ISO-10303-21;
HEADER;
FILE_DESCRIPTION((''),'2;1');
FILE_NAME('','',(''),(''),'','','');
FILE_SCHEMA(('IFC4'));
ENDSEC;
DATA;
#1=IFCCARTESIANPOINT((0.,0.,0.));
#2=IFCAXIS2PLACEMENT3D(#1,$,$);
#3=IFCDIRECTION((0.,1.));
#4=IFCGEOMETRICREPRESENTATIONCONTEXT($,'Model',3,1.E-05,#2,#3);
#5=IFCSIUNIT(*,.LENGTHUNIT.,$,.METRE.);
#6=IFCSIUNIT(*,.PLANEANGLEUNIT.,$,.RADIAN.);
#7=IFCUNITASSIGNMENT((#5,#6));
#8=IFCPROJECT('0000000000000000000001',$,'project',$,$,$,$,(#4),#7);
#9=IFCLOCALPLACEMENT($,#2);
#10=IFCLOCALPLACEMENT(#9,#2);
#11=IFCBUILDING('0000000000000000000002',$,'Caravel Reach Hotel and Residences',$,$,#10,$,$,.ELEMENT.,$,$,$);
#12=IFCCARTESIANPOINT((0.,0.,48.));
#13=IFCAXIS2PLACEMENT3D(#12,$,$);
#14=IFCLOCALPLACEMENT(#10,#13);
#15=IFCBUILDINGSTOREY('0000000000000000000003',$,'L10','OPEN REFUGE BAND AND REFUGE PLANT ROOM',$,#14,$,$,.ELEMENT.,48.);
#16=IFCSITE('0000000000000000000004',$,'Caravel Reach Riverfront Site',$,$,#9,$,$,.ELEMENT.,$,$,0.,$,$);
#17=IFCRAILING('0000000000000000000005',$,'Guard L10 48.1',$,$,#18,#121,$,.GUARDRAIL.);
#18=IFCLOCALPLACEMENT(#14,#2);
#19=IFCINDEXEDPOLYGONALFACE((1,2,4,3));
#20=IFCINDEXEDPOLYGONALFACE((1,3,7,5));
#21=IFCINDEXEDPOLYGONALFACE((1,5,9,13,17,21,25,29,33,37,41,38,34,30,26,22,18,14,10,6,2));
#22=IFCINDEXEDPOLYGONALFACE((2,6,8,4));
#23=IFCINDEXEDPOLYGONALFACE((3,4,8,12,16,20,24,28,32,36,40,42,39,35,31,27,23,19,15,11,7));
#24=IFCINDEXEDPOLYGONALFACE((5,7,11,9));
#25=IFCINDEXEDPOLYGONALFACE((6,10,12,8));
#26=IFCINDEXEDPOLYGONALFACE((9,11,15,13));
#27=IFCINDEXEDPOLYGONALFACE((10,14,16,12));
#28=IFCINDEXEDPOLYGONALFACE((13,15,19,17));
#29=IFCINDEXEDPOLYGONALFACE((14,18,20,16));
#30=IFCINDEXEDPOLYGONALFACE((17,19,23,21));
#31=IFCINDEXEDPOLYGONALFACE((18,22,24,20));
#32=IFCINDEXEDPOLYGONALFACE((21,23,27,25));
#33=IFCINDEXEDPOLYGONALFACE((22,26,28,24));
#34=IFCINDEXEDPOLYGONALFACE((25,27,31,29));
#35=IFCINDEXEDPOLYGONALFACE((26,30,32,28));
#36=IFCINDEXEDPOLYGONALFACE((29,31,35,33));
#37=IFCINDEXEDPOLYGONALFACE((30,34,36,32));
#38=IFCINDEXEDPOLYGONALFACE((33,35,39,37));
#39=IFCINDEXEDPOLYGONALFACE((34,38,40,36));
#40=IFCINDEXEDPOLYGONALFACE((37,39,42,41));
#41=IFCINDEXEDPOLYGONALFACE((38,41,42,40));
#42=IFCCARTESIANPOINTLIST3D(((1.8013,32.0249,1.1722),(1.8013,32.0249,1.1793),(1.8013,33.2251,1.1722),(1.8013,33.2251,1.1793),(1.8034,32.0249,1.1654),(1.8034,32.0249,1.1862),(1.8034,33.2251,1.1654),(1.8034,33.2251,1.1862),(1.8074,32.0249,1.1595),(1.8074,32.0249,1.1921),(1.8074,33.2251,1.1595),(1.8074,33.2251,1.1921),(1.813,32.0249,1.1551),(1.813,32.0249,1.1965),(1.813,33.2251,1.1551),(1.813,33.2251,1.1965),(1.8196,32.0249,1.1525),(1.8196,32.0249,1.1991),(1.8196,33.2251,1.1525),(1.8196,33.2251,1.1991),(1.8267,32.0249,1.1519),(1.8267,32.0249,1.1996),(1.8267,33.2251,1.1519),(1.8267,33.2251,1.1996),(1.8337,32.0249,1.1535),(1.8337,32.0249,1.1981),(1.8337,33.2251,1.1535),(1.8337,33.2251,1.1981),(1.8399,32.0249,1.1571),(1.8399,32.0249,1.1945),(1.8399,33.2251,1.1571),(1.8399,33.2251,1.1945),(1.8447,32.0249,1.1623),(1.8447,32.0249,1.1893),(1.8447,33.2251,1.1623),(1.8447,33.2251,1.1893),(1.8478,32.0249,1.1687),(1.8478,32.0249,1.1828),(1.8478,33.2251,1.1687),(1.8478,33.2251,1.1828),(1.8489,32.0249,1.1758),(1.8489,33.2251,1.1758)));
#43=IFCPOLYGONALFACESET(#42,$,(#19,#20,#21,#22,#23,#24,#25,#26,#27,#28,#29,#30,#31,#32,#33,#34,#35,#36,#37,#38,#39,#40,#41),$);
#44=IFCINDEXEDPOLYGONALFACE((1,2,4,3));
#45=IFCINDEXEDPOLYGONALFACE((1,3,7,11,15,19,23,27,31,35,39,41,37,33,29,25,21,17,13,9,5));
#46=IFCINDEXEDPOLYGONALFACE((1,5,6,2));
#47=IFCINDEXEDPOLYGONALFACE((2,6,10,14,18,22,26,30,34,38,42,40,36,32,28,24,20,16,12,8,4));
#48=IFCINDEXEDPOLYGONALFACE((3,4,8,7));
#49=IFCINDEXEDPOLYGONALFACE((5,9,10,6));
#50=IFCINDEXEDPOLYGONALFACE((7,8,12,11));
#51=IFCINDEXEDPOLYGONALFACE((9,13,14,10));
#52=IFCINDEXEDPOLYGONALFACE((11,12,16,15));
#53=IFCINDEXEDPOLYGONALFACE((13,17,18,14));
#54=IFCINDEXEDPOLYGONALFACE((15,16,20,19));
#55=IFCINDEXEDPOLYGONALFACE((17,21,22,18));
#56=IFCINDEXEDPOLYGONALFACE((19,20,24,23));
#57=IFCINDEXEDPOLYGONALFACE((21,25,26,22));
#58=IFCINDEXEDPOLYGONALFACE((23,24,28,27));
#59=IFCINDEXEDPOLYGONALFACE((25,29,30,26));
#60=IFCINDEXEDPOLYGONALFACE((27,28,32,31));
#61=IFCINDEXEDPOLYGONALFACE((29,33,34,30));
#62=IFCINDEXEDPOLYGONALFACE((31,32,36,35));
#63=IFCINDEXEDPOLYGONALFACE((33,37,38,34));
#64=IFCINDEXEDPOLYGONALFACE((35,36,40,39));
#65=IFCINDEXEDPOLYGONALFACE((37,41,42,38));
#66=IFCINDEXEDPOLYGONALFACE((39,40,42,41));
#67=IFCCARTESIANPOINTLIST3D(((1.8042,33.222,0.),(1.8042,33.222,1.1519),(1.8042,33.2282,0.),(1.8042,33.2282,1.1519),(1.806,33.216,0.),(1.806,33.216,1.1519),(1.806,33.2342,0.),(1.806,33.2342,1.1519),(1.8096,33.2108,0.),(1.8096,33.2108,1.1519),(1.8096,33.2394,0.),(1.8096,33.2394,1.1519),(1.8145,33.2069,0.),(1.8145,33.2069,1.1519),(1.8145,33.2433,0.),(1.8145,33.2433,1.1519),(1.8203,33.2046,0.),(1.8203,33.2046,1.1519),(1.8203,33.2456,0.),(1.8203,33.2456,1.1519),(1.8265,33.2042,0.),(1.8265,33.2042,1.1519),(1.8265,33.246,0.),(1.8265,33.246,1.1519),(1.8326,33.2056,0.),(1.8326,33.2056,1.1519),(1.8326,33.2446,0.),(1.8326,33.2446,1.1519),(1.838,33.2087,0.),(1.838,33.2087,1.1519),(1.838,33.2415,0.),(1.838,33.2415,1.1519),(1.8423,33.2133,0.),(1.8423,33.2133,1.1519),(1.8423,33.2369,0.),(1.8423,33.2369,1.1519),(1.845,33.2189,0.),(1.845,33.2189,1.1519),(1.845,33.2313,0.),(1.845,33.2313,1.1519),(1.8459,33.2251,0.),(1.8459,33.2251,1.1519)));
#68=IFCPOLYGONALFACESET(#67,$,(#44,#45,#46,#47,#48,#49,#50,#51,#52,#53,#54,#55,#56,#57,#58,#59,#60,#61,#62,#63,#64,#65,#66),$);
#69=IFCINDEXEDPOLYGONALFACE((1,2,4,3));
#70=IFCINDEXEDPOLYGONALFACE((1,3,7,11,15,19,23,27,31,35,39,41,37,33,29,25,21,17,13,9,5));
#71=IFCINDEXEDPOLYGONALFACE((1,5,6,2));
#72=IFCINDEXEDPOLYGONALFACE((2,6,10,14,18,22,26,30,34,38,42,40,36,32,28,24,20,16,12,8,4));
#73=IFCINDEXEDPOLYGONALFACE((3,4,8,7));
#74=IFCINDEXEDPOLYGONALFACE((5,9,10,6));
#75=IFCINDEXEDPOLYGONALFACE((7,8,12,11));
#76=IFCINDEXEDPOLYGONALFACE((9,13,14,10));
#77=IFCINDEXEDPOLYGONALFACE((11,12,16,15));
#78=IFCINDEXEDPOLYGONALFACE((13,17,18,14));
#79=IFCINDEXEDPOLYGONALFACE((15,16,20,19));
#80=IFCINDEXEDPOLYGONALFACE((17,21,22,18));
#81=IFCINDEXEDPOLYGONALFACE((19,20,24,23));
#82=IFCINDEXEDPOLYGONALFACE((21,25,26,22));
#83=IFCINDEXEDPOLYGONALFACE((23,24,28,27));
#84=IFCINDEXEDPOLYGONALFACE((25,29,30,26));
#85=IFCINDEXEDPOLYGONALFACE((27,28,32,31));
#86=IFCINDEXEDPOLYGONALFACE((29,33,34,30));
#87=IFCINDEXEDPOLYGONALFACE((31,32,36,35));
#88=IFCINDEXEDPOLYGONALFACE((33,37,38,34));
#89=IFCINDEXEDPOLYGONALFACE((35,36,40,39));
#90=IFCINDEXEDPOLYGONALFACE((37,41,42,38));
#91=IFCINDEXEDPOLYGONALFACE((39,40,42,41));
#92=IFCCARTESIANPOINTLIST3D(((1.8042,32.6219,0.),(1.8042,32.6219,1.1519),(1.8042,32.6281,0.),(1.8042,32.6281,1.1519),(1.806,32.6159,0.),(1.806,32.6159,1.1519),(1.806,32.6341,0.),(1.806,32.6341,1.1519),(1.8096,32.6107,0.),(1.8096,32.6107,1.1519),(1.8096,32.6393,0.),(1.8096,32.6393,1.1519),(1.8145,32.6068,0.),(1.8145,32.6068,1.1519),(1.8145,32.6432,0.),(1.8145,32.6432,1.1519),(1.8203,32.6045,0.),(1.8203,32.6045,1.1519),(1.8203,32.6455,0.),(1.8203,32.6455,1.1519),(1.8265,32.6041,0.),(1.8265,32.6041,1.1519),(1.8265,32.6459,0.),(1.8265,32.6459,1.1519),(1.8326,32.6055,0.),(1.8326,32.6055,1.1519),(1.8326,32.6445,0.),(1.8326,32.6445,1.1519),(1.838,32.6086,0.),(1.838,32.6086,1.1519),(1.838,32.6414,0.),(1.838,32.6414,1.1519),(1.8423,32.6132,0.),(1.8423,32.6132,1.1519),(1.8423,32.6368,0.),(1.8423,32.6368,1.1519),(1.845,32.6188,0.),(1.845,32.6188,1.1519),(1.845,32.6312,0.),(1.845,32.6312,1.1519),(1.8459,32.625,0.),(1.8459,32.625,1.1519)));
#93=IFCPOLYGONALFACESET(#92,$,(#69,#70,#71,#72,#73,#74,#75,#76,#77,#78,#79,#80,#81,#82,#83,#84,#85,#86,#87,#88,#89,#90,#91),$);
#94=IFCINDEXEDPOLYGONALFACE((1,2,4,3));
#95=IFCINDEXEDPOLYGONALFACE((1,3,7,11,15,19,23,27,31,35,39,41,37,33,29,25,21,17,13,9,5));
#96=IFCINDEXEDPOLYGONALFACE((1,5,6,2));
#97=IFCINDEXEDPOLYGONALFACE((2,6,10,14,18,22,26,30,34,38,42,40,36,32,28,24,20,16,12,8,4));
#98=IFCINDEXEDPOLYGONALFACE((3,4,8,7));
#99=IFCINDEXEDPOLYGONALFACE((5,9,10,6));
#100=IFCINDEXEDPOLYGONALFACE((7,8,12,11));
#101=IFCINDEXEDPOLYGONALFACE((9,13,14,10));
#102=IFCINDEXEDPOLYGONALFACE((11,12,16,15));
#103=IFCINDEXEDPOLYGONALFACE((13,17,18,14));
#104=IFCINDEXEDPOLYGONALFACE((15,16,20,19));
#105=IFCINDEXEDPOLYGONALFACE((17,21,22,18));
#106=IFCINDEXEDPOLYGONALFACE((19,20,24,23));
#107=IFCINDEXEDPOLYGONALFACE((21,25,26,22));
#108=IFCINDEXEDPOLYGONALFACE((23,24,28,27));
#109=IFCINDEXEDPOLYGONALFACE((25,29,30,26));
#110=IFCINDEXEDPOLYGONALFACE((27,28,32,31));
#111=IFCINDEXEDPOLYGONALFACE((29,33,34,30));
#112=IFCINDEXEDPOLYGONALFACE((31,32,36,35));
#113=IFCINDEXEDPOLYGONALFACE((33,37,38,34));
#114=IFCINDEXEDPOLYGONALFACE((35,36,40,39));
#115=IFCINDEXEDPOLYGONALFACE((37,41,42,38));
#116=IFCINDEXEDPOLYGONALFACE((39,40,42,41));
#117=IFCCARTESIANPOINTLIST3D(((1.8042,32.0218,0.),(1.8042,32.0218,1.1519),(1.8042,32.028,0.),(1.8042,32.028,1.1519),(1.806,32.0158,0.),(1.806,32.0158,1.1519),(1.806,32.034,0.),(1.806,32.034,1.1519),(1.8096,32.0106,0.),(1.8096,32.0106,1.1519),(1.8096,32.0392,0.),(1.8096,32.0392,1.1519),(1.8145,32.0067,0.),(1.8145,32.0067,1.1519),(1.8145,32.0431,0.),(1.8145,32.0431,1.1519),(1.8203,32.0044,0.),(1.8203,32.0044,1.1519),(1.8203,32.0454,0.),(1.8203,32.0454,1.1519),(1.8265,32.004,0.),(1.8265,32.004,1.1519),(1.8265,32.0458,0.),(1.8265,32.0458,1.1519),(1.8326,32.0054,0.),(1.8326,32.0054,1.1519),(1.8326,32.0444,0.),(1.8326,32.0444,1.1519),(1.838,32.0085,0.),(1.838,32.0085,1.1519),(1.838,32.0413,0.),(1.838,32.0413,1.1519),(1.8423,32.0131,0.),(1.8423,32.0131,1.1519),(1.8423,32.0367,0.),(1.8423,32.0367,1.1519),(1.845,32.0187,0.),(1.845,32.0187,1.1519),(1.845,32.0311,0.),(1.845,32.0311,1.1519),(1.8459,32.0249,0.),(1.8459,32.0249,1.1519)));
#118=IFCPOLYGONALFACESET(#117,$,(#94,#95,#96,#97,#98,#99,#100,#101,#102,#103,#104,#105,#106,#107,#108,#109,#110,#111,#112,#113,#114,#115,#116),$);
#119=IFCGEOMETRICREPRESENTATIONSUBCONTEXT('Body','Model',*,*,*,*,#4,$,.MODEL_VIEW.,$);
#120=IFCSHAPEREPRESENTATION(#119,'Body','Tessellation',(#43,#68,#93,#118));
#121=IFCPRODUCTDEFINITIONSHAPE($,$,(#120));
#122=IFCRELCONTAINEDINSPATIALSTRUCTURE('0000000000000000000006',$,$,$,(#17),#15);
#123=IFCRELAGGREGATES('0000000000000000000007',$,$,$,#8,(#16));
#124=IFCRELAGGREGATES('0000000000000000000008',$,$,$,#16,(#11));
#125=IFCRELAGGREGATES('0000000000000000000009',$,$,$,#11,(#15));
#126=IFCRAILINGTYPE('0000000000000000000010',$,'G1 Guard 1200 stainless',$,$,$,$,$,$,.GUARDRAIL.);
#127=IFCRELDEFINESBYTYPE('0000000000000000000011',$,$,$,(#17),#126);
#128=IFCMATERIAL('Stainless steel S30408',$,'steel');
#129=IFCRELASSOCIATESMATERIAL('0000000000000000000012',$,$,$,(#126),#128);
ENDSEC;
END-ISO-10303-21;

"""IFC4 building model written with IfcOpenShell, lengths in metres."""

from ifc_helpers import new_model, si_unit, direction, frame, origin, origin_2d, place, context, subcontext, project, spatial, circle, extrude, material, type_object, element, save


model = new_model("IFC4")

# Units and contexts
model_context = context("Model", 3, precision=1e-05, world=origin(), true_north=direction((0.0, 1.0)))
body_context = subcontext(model_context, "Body", "Model", "MODEL_VIEW")
ifc_project = project(units=[si_unit("LENGTHUNIT", "METRE"), si_unit("PLANEANGLEUNIT", "RADIAN")], contexts=[model_context])

# Site, building, storey
site_placement = place(None, origin())
site = spatial("IfcSite", under=ifc_project, at=site_placement, Name="Caravel Reach Riverfront Site", CompositionType="ELEMENT", RefElevation=0.0)
building_placement = place(site_placement, origin())
building = spatial("IfcBuilding", under=site, at=building_placement, Name="Caravel Reach Hotel and Residences", CompositionType="ELEMENT")
storey_placement = place(building_placement, frame((0.0, 0.0, 48.0)))
storey = spatial("IfcBuildingStorey", under=building, at=storey_placement, Name="L10", Description="OPEN REFUGE BAND AND REFUGE PLANT ROOM", CompositionType="ELEMENT", Elevation=48.0)

# Railing
ifc_material_1 = material(Name="Stainless steel S30408", Category="steel")
railing_type = type_object("IfcRailingType", Name="G1 Guard 1200 stainless", PredefinedType="GUARDRAIL", material=ifc_material_1)
railing_1_placement = place(storey_placement, frame((1.825, 33.2251, 0.0)))
element("IfcRailing", 1, at=railing_1_placement, inside=storey, type_object=railing_type, Name="Guard L10 48.1", PredefinedType="GUARDRAIL", context=body_context, shape_type="SweptSolid", body=[
    extrude(circle(Radius=0.0239, at=origin_2d()), frame((0.0, 0.0, 1.1758), z_axis=(0.0, -1.0, 0.0), x_axis=(1.0, 0.0, 0.0)), (0.0, 0.0, 1.0), 1.2002),
    extrude(circle(Radius=0.021, at=origin_2d()), origin(), (0.0, 0.0, 1.0), 1.1519),
    extrude(circle(Radius=0.021, at=origin_2d()), frame((0.0, -0.6001, 0.0)), (0.0, 0.0, 1.0), 1.1519),
    extrude(circle(Radius=0.021, at=origin_2d()), frame((0.0, -1.2002, 0.0)), (0.0, 0.0, 1.0), 1.1519),
])

save(model, "model.ifc")
